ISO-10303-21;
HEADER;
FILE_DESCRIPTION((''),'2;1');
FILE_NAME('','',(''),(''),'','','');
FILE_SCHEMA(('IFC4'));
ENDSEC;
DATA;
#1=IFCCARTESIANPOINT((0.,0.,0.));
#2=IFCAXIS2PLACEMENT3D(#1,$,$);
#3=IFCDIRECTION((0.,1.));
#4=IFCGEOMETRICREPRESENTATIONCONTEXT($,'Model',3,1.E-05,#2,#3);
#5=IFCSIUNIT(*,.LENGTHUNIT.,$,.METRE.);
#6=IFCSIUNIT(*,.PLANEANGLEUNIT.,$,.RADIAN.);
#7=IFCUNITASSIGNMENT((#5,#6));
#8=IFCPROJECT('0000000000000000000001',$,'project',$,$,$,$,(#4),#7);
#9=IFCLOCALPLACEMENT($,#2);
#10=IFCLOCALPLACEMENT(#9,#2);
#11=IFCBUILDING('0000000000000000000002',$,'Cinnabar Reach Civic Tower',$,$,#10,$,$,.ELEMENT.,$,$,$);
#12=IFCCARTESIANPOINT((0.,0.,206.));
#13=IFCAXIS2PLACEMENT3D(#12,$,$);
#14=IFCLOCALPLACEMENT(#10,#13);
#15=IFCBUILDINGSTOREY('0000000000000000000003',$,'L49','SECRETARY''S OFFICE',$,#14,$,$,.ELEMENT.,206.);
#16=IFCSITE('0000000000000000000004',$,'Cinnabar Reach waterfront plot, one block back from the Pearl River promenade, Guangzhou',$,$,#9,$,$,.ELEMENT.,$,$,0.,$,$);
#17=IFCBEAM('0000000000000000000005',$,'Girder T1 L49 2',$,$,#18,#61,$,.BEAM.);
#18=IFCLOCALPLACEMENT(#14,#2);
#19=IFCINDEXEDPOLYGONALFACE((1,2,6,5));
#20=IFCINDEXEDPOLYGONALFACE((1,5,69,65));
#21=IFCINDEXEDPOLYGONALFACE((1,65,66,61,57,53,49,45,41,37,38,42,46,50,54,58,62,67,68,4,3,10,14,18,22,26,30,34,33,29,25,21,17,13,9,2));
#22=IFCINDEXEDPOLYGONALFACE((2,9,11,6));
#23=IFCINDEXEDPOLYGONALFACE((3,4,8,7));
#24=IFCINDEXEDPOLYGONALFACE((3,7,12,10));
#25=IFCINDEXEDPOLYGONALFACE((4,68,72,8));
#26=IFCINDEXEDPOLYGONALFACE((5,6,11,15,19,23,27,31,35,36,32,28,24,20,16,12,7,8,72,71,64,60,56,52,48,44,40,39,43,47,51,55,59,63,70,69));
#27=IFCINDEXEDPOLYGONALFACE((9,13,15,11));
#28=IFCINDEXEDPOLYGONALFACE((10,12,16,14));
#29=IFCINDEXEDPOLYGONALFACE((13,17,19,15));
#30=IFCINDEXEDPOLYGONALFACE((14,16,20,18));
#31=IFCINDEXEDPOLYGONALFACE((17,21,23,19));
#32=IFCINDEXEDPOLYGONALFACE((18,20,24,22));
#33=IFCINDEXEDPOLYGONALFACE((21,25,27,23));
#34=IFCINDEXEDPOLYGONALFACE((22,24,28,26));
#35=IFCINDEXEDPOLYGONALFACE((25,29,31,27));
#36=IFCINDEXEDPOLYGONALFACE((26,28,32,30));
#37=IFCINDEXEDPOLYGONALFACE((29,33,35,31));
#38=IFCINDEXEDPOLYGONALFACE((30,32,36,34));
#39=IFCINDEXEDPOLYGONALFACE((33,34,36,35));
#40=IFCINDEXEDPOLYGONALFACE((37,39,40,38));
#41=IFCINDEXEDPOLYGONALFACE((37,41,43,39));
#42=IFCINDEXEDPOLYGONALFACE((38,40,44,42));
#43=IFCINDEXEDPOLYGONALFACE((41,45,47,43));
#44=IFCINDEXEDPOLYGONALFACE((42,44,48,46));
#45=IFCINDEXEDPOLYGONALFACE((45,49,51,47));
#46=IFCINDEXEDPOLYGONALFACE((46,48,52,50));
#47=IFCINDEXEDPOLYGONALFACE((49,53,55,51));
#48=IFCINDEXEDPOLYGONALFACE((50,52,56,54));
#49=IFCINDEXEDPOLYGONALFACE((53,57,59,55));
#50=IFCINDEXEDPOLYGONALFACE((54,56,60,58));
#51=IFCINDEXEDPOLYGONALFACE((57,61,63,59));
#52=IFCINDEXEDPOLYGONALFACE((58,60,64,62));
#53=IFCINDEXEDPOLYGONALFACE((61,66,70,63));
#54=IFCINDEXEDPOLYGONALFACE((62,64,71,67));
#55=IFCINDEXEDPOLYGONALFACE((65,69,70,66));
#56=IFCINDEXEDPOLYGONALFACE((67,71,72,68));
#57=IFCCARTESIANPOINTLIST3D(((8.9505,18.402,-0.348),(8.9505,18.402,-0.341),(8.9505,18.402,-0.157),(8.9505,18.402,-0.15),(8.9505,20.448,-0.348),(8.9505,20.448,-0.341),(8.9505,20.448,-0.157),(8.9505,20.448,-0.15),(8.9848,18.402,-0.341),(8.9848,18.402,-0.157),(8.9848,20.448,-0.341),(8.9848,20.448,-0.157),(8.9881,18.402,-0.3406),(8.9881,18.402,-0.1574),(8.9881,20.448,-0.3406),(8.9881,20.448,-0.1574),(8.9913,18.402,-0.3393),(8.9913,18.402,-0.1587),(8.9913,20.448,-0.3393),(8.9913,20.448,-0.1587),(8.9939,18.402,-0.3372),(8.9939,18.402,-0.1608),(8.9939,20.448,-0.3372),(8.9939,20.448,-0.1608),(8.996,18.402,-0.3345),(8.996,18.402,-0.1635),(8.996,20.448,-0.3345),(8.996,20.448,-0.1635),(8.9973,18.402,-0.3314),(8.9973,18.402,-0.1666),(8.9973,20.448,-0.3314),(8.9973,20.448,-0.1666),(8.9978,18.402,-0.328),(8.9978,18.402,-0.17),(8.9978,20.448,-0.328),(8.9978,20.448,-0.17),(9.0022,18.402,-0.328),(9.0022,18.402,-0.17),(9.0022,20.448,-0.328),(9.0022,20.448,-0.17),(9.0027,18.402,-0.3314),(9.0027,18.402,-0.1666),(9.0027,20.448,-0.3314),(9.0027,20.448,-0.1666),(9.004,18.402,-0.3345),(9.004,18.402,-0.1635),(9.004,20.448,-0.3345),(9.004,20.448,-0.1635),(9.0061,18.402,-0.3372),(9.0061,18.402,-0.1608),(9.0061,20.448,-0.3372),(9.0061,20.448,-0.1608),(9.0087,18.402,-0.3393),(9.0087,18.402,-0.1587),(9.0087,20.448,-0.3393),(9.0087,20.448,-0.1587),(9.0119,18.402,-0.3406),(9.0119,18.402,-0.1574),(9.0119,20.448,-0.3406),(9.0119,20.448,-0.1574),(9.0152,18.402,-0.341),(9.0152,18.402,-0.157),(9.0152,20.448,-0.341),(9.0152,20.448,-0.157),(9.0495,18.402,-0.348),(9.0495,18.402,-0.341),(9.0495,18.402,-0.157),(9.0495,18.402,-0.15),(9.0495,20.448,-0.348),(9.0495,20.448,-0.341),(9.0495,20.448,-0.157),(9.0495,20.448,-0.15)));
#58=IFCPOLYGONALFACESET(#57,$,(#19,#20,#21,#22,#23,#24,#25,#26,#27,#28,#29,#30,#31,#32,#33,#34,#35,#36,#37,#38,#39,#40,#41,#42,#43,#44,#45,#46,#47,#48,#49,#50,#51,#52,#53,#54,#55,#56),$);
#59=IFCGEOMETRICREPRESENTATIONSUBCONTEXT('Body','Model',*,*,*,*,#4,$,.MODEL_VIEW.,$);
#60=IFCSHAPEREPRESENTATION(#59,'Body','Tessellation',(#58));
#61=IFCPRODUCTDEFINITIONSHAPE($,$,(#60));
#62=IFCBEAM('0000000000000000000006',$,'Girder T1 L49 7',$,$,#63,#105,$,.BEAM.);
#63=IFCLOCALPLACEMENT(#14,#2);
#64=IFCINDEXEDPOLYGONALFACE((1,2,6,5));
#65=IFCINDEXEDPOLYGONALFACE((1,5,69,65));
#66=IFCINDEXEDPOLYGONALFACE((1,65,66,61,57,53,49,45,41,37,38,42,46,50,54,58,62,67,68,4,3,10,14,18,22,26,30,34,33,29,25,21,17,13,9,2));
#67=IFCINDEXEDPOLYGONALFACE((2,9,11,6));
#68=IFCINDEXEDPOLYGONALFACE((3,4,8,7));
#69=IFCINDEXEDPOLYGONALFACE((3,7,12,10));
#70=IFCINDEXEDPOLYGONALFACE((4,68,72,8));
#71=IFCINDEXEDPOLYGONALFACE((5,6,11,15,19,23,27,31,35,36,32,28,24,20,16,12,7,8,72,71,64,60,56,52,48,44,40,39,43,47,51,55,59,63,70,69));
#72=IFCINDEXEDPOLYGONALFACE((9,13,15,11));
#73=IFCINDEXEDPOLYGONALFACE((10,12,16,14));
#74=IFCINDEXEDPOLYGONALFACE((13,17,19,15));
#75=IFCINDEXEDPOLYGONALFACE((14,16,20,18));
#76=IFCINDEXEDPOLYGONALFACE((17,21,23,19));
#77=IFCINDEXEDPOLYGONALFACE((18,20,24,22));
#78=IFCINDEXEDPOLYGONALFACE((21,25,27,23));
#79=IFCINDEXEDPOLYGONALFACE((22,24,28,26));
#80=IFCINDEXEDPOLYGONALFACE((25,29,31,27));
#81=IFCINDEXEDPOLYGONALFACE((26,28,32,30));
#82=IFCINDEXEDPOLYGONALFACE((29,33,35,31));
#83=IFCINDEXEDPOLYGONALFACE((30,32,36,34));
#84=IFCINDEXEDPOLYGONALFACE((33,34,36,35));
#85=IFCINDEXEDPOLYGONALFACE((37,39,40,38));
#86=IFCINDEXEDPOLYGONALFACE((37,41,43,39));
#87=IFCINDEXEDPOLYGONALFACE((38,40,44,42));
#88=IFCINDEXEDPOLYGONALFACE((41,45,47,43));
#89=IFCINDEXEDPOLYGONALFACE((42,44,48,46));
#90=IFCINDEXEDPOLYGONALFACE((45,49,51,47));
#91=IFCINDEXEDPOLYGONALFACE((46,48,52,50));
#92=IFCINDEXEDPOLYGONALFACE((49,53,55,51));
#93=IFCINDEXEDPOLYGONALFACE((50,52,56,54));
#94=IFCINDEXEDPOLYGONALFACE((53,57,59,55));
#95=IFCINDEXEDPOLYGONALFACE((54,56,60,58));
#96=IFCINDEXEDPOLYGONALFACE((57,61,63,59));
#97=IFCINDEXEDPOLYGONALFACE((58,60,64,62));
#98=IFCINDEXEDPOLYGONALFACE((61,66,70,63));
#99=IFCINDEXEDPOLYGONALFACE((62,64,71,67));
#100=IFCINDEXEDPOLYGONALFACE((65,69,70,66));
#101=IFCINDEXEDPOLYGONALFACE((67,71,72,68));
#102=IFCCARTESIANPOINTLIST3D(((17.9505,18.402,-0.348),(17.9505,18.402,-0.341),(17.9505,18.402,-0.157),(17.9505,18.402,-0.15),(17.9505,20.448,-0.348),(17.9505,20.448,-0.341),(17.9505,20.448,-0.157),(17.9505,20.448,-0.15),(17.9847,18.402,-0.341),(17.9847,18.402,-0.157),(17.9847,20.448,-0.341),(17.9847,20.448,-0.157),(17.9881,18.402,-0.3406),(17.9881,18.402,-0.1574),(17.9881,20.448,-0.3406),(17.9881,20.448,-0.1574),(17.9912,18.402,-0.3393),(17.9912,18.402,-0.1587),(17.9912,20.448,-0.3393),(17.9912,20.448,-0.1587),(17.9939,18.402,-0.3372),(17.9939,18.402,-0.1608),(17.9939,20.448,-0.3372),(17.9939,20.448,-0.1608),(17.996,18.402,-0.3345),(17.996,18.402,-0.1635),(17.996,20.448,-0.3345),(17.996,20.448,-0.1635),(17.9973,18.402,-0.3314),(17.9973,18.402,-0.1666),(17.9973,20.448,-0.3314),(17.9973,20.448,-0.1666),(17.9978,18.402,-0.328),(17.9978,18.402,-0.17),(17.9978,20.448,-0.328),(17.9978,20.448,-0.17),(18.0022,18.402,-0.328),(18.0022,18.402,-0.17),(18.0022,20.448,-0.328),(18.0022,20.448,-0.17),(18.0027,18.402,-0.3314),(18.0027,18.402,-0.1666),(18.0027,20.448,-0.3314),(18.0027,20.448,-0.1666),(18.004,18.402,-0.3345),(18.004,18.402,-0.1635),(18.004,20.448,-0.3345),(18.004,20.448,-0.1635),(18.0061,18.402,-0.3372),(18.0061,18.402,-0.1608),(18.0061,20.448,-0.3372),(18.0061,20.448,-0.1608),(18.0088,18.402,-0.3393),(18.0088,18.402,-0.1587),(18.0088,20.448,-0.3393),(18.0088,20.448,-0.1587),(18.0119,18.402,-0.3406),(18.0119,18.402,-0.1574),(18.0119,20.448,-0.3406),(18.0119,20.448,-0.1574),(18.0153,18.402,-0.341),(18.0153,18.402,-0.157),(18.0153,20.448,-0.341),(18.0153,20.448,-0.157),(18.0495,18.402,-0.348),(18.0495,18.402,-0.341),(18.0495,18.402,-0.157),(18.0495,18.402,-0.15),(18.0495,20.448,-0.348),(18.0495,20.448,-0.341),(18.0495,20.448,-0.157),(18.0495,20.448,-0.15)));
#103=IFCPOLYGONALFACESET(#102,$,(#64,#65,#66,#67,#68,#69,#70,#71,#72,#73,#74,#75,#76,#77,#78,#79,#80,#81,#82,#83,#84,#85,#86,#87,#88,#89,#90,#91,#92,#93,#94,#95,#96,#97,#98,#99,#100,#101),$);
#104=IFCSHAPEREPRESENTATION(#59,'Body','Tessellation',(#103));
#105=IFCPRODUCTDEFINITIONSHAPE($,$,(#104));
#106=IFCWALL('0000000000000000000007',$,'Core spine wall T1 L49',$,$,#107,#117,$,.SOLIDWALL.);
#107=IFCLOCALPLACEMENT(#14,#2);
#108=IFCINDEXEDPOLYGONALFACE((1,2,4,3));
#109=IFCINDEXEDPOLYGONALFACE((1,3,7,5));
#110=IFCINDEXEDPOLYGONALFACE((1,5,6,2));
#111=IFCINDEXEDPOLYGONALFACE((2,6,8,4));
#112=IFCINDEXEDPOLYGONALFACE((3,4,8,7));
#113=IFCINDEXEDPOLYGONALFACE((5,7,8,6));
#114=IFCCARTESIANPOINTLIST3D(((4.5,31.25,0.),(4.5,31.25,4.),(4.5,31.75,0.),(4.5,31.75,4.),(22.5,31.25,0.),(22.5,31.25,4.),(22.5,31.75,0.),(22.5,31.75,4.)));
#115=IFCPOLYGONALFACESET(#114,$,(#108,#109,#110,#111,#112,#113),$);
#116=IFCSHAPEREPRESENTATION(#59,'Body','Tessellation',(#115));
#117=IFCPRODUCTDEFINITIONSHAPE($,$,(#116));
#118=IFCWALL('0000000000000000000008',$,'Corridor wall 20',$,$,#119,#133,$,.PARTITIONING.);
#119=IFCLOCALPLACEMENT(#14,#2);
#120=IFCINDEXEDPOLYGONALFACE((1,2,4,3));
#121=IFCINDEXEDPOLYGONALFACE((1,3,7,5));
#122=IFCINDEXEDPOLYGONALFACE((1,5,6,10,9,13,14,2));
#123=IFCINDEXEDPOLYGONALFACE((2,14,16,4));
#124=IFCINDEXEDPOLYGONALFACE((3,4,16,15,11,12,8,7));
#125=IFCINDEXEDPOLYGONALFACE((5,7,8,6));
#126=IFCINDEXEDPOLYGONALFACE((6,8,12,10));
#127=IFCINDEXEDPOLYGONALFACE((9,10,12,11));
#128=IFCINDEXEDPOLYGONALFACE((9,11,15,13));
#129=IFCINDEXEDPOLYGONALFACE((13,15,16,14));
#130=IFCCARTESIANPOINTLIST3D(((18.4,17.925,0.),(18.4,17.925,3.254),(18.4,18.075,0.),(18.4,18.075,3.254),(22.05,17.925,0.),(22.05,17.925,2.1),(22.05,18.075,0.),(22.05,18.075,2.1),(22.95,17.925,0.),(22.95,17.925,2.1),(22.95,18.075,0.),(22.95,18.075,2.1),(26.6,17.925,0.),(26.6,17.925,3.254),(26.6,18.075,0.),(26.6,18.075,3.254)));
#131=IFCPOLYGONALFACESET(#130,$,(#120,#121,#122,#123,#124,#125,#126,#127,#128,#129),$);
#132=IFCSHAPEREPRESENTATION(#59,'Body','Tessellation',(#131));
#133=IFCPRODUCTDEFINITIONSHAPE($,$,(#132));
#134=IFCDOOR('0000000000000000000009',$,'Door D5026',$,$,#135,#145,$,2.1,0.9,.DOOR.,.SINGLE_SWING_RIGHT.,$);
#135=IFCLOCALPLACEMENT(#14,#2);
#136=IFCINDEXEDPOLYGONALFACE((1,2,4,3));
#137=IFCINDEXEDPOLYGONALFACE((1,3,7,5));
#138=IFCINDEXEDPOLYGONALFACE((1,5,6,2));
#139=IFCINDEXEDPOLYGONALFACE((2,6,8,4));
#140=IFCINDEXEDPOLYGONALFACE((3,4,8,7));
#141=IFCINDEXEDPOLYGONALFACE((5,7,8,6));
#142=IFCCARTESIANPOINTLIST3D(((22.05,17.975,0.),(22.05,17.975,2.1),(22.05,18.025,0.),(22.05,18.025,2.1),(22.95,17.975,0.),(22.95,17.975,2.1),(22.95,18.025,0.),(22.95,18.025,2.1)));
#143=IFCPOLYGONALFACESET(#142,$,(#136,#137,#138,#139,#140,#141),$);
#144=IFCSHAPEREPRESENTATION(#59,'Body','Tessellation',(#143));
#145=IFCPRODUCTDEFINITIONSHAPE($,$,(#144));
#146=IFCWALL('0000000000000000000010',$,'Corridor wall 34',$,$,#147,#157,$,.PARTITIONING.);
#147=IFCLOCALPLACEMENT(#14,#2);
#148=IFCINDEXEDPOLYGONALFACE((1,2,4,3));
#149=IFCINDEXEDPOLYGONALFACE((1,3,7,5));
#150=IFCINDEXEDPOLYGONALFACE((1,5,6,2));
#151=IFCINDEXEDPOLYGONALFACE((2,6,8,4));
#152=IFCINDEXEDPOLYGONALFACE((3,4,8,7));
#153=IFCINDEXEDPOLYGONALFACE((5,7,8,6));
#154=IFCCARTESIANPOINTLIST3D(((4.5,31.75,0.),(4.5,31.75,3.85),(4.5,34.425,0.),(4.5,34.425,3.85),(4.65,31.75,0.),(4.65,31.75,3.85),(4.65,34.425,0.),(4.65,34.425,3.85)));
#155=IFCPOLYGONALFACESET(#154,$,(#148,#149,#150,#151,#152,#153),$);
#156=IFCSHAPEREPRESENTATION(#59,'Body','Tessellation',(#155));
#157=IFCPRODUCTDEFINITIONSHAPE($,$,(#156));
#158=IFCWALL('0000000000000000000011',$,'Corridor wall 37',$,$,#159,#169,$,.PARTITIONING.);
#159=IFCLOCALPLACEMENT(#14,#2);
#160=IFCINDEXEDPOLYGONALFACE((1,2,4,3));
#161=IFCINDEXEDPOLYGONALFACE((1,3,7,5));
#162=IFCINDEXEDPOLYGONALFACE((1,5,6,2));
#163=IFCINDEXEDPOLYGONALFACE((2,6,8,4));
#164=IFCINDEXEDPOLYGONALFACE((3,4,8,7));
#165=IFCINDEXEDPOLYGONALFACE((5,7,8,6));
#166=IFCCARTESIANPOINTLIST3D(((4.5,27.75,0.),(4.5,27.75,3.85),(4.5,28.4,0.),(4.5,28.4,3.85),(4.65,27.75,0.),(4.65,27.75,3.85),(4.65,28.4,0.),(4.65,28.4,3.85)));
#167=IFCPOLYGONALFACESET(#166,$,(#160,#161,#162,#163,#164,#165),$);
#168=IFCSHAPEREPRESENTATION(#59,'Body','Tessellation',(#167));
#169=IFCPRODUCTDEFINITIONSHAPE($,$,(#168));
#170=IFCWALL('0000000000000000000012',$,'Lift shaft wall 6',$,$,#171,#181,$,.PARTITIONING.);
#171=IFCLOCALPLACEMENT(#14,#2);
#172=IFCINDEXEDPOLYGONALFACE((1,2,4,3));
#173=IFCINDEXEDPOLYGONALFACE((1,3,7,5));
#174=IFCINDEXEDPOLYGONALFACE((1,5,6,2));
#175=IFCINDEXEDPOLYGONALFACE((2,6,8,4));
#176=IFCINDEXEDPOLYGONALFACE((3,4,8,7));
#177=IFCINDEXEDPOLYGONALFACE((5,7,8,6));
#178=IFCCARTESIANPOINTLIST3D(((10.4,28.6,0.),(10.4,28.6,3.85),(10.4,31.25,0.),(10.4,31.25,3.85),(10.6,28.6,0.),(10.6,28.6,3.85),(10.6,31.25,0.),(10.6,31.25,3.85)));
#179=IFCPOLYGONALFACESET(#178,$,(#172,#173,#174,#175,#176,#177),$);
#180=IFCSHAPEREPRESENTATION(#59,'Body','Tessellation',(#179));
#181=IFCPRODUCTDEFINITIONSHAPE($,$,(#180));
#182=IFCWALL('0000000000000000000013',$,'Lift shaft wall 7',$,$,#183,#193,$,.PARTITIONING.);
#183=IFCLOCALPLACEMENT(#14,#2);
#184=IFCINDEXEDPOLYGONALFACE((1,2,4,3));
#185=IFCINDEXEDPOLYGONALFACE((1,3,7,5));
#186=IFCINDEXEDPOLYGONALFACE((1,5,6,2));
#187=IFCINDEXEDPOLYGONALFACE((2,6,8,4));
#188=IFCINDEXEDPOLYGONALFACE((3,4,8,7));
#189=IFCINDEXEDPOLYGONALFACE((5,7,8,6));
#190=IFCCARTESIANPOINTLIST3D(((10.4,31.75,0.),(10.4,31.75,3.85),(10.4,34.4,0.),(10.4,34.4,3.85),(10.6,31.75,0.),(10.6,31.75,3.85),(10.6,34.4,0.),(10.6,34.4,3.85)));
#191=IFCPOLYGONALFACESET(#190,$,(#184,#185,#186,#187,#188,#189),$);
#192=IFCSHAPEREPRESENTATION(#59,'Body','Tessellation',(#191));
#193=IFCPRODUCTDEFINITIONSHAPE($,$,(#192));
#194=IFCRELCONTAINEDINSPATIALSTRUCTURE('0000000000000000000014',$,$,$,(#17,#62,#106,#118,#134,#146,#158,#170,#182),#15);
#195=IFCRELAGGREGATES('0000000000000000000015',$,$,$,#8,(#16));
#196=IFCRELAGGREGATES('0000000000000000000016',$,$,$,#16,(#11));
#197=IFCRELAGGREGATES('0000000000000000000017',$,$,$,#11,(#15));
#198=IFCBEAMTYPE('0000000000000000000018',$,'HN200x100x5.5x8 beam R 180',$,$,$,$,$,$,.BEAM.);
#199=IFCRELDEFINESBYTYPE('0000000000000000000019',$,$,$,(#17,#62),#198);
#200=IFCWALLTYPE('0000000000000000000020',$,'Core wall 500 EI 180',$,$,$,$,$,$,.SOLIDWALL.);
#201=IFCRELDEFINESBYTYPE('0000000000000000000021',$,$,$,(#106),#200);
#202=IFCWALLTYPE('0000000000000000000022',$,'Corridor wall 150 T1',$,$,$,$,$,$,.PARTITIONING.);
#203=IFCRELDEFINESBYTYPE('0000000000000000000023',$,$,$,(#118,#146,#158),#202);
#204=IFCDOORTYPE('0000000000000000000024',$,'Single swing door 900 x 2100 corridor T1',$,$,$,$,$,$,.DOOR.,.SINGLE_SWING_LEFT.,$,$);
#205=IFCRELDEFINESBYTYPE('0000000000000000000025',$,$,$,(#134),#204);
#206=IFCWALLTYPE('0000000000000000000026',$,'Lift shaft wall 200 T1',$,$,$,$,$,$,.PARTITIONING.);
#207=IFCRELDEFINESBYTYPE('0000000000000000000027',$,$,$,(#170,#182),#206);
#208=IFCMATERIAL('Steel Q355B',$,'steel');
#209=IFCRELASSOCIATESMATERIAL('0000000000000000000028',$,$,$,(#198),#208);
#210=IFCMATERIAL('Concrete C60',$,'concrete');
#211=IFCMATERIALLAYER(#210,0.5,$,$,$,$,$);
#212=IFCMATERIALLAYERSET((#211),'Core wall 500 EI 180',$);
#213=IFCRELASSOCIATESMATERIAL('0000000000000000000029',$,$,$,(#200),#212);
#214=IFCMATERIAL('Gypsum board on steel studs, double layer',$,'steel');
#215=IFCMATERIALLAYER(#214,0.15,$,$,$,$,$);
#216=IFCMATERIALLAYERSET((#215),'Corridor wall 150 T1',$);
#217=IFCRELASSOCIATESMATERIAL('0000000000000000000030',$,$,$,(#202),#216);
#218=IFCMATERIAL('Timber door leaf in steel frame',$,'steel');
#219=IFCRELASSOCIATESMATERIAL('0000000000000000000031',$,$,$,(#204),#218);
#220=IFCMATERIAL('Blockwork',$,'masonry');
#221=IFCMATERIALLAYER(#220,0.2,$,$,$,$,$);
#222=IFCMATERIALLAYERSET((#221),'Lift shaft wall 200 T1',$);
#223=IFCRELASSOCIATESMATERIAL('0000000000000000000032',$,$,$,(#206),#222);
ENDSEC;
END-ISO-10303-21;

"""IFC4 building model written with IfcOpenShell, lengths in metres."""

from ifc_helpers import new_model, si_unit, direction, frame, frame_2d, origin, origin_2d, place, context, subcontext, project, spatial, rectangle, i_section, extrude, material, layer, layer_set, material_profile, profile_set, type_object, element, fill, save


model = new_model("IFC4")

# Units and contexts
model_context = context("Model", 3, precision=1e-05, world=origin(), true_north=direction((0.0, 1.0)))
body_context = subcontext(model_context, "Body", "Model", "MODEL_VIEW")
ifc_project = project(units=[si_unit("LENGTHUNIT", "METRE"), si_unit("PLANEANGLEUNIT", "RADIAN")], contexts=[model_context])

# Site, building, storey
site_placement = place(None, origin())
site = spatial("IfcSite", under=ifc_project, at=site_placement, Name="Cinnabar Reach waterfront plot, one block back from the Pearl River promenade, Guangzhou", CompositionType="ELEMENT", RefElevation=0.0)
building_placement = place(site_placement, origin())
building = spatial("IfcBuilding", under=site, at=building_placement, Name="Cinnabar Reach Civic Tower", CompositionType="ELEMENT")
storey_placement = place(building_placement, frame((0.0, 0.0, 206.0)))
storey = spatial("IfcBuildingStorey", under=building, at=storey_placement, Name="L49", Description="SECRETARY'S OFFICE", CompositionType="ELEMENT", Elevation=206.0)

# Beams
ifc_material_1 = material(Name="Steel Q355B", Category="steel")
ifc_material_profile = material_profile(ifc_material_1, i_section(OverallWidth=0.099, OverallDepth=0.198, WebThickness=0.0045, FlangeThickness=0.007, FilletRadius=0.013, at=origin_2d()), Name="HN200x100x5.5x8")
ifc_profile_set = profile_set([ifc_material_profile], Name="Steel Q355B")
beam_type = type_object("IfcBeamType", Name="HN200x100x5.5x8 beam R 180", PredefinedType="BEAM", material=ifc_profile_set)
for number, where, z_axis, x_axis, name in (
    (1, (9.0, 18.402, -0.249), (0.0, 1.0, 0.0), (-1.0, 0.0, 0.0), "Girder T1 L49 2"),
    (2, (18.0, 18.402, -0.249), (0.0, 1.0, 0.0), (-1.0, 0.0, 0.0), "Girder T1 L49 7"),
):
    element("IfcBeam", number, at=place(storey_placement, frame(where, z_axis=z_axis, x_axis=x_axis)), inside=storey, type_object=beam_type, Name=name, PredefinedType="BEAM", context=body_context, shape_type="SweptSolid", body=[
        extrude(i_section(OverallWidth=0.099, OverallDepth=0.198, WebThickness=0.0045, FlangeThickness=0.007, FilletRadius=0.013, at=origin_2d()), origin(), (0.0, 0.0, 1.0), 2.046),
    ])

# Wall
ifc_material_2 = material(Name="Concrete C60", Category="concrete")
ifc_layer_1 = layer(ifc_material_2, 0.5)
ifc_layer_set_1 = layer_set([ifc_layer_1], Name="Core wall 500 EI 180")
wall_type_1 = type_object("IfcWallType", Name="Core wall 500 EI 180", PredefinedType="SOLIDWALL", material=ifc_layer_set_1)
wall_1_placement = place(storey_placement, frame((4.5, 31.5, 0.0), z_axis=(0.0, 0.0, 1.0), x_axis=(1.0, 0.0, 0.0)))
element("IfcWall", 3, at=wall_1_placement, inside=storey, type_object=wall_type_1, Name="Core spine wall T1 L49", PredefinedType="SOLIDWALL", context=body_context, shape_type="SweptSolid", body=[
    extrude(rectangle(XDim=18.0, YDim=0.5, at=frame_2d((9.0, 0.0))), origin(), (0.0, 0.0, 1.0), 4.0),
])

# Wall, opening, door
ifc_material_3 = material(Name="Gypsum board on steel studs, double layer", Category="steel")
ifc_layer_2 = layer(ifc_material_3, 0.15)
ifc_layer_set_2 = layer_set([ifc_layer_2], Name="Corridor wall 150 T1")
wall_type_2 = type_object("IfcWallType", Name="Corridor wall 150 T1", PredefinedType="PARTITIONING", material=ifc_layer_set_2)
wall_2_placement = place(storey_placement, frame((18.4, 18.0, 0.0), z_axis=(0.0, 0.0, 1.0), x_axis=(1.0, 0.0, 0.0)))
wall_2 = element("IfcWall", 4, at=wall_2_placement, inside=storey, type_object=wall_type_2, Name="Corridor wall 20", PredefinedType="PARTITIONING", context=body_context, shape_type="SweptSolid", body=[
    extrude(rectangle(XDim=8.2, YDim=0.15, at=frame_2d((4.1, 0.0))), origin(), (0.0, 0.0, 1.0), 3.254),
])
opening_placement = place(wall_2_placement, frame((3.65, 0.0, 0.0)))
opening = element("IfcOpeningElement", 5, at=opening_placement, cuts=wall_2, PredefinedType="OPENING", context=body_context, shape_type="SweptSolid", body=[
    extrude(rectangle(XDim=0.9, YDim=2.1, at=frame_2d((0.45, 1.05))), frame((0.0, 0.085, 0.0), z_axis=(0.0, -1.0, 0.0), x_axis=(1.0, 0.0, 0.0)), (0.0, 0.0, 1.0), 0.17),
])
ifc_material_4 = material(Name="Timber door leaf in steel frame", Category="steel")
door_type = type_object("IfcDoorType", Name="Single swing door 900 x 2100 corridor T1", OperationType="SINGLE_SWING_LEFT", PredefinedType="DOOR", material=ifc_material_4)
door_placement = place(opening_placement, frame((0.9, 0.0, 0.0), z_axis=(0.0, 0.0, 1.0), x_axis=(-1.0, 0.0, 0.0)))
door = element("IfcDoor", 6, at=door_placement, inside=storey, type_object=door_type, Name="Door D5026", OperationType="SINGLE_SWING_RIGHT", OverallHeight=2.1, OverallWidth=0.9, PredefinedType="DOOR", context=body_context, shape_type="SweptSolid", body=[
    extrude(rectangle(XDim=0.9, YDim=2.1, at=frame_2d((0.45, 1.05))), frame((0.0, 0.025, 0.0), z_axis=(0.0, -1.0, 0.0), x_axis=(1.0, 0.0, 0.0)), (0.0, 0.0, 1.0), 0.05),
])
fill(opening, door)

# Walls
wall_3_placement = place(storey_placement, frame((4.575, 31.75, 0.0), z_axis=(0.0, 0.0, 1.0), x_axis=(0.0, 1.0, 0.0)))
element("IfcWall", 7, at=wall_3_placement, inside=storey, type_object=wall_type_2, Name="Corridor wall 34", PredefinedType="PARTITIONING", context=body_context, shape_type="SweptSolid", body=[
    extrude(rectangle(XDim=2.675, YDim=0.15, at=frame_2d((1.3375, 0.0))), origin(), (0.0, 0.0, 1.0), 3.85),
])
wall_4_placement = place(storey_placement, frame((4.575, 27.75, 0.0), z_axis=(0.0, 0.0, 1.0), x_axis=(0.0, 1.0, 0.0)))
element("IfcWall", 8, at=wall_4_placement, inside=storey, type_object=wall_type_2, Name="Corridor wall 37", PredefinedType="PARTITIONING", context=body_context, shape_type="SweptSolid", body=[
    extrude(rectangle(XDim=0.65, YDim=0.15, at=frame_2d((0.325, 0.0))), origin(), (0.0, 0.0, 1.0), 3.85),
])
ifc_material_5 = material(Name="Blockwork", Category="masonry")
ifc_layer_3 = layer(ifc_material_5, 0.2)
ifc_layer_set_3 = layer_set([ifc_layer_3], Name="Lift shaft wall 200 T1")
wall_type_3 = type_object("IfcWallType", Name="Lift shaft wall 200 T1", PredefinedType="PARTITIONING", material=ifc_layer_set_3)
for number, where, z_axis, x_axis, name in (
    (9, (10.5, 28.6, 0.0), (0.0, 0.0, 1.0), (0.0, 1.0, 0.0), "Lift shaft wall 6"),
    (10, (10.5, 31.75, 0.0), (0.0, 0.0, 1.0), (0.0, 1.0, 0.0), "Lift shaft wall 7"),
):
    element("IfcWall", number, at=place(storey_placement, frame(where, z_axis=z_axis, x_axis=x_axis)), inside=storey, type_object=wall_type_3, Name=name, PredefinedType="PARTITIONING", context=body_context, shape_type="SweptSolid", body=[
        extrude(rectangle(XDim=2.65, YDim=0.2, at=frame_2d((1.325, 0.0))), origin(), (0.0, 0.0, 1.0), 3.85),
    ])

save(model, "model.ifc")
